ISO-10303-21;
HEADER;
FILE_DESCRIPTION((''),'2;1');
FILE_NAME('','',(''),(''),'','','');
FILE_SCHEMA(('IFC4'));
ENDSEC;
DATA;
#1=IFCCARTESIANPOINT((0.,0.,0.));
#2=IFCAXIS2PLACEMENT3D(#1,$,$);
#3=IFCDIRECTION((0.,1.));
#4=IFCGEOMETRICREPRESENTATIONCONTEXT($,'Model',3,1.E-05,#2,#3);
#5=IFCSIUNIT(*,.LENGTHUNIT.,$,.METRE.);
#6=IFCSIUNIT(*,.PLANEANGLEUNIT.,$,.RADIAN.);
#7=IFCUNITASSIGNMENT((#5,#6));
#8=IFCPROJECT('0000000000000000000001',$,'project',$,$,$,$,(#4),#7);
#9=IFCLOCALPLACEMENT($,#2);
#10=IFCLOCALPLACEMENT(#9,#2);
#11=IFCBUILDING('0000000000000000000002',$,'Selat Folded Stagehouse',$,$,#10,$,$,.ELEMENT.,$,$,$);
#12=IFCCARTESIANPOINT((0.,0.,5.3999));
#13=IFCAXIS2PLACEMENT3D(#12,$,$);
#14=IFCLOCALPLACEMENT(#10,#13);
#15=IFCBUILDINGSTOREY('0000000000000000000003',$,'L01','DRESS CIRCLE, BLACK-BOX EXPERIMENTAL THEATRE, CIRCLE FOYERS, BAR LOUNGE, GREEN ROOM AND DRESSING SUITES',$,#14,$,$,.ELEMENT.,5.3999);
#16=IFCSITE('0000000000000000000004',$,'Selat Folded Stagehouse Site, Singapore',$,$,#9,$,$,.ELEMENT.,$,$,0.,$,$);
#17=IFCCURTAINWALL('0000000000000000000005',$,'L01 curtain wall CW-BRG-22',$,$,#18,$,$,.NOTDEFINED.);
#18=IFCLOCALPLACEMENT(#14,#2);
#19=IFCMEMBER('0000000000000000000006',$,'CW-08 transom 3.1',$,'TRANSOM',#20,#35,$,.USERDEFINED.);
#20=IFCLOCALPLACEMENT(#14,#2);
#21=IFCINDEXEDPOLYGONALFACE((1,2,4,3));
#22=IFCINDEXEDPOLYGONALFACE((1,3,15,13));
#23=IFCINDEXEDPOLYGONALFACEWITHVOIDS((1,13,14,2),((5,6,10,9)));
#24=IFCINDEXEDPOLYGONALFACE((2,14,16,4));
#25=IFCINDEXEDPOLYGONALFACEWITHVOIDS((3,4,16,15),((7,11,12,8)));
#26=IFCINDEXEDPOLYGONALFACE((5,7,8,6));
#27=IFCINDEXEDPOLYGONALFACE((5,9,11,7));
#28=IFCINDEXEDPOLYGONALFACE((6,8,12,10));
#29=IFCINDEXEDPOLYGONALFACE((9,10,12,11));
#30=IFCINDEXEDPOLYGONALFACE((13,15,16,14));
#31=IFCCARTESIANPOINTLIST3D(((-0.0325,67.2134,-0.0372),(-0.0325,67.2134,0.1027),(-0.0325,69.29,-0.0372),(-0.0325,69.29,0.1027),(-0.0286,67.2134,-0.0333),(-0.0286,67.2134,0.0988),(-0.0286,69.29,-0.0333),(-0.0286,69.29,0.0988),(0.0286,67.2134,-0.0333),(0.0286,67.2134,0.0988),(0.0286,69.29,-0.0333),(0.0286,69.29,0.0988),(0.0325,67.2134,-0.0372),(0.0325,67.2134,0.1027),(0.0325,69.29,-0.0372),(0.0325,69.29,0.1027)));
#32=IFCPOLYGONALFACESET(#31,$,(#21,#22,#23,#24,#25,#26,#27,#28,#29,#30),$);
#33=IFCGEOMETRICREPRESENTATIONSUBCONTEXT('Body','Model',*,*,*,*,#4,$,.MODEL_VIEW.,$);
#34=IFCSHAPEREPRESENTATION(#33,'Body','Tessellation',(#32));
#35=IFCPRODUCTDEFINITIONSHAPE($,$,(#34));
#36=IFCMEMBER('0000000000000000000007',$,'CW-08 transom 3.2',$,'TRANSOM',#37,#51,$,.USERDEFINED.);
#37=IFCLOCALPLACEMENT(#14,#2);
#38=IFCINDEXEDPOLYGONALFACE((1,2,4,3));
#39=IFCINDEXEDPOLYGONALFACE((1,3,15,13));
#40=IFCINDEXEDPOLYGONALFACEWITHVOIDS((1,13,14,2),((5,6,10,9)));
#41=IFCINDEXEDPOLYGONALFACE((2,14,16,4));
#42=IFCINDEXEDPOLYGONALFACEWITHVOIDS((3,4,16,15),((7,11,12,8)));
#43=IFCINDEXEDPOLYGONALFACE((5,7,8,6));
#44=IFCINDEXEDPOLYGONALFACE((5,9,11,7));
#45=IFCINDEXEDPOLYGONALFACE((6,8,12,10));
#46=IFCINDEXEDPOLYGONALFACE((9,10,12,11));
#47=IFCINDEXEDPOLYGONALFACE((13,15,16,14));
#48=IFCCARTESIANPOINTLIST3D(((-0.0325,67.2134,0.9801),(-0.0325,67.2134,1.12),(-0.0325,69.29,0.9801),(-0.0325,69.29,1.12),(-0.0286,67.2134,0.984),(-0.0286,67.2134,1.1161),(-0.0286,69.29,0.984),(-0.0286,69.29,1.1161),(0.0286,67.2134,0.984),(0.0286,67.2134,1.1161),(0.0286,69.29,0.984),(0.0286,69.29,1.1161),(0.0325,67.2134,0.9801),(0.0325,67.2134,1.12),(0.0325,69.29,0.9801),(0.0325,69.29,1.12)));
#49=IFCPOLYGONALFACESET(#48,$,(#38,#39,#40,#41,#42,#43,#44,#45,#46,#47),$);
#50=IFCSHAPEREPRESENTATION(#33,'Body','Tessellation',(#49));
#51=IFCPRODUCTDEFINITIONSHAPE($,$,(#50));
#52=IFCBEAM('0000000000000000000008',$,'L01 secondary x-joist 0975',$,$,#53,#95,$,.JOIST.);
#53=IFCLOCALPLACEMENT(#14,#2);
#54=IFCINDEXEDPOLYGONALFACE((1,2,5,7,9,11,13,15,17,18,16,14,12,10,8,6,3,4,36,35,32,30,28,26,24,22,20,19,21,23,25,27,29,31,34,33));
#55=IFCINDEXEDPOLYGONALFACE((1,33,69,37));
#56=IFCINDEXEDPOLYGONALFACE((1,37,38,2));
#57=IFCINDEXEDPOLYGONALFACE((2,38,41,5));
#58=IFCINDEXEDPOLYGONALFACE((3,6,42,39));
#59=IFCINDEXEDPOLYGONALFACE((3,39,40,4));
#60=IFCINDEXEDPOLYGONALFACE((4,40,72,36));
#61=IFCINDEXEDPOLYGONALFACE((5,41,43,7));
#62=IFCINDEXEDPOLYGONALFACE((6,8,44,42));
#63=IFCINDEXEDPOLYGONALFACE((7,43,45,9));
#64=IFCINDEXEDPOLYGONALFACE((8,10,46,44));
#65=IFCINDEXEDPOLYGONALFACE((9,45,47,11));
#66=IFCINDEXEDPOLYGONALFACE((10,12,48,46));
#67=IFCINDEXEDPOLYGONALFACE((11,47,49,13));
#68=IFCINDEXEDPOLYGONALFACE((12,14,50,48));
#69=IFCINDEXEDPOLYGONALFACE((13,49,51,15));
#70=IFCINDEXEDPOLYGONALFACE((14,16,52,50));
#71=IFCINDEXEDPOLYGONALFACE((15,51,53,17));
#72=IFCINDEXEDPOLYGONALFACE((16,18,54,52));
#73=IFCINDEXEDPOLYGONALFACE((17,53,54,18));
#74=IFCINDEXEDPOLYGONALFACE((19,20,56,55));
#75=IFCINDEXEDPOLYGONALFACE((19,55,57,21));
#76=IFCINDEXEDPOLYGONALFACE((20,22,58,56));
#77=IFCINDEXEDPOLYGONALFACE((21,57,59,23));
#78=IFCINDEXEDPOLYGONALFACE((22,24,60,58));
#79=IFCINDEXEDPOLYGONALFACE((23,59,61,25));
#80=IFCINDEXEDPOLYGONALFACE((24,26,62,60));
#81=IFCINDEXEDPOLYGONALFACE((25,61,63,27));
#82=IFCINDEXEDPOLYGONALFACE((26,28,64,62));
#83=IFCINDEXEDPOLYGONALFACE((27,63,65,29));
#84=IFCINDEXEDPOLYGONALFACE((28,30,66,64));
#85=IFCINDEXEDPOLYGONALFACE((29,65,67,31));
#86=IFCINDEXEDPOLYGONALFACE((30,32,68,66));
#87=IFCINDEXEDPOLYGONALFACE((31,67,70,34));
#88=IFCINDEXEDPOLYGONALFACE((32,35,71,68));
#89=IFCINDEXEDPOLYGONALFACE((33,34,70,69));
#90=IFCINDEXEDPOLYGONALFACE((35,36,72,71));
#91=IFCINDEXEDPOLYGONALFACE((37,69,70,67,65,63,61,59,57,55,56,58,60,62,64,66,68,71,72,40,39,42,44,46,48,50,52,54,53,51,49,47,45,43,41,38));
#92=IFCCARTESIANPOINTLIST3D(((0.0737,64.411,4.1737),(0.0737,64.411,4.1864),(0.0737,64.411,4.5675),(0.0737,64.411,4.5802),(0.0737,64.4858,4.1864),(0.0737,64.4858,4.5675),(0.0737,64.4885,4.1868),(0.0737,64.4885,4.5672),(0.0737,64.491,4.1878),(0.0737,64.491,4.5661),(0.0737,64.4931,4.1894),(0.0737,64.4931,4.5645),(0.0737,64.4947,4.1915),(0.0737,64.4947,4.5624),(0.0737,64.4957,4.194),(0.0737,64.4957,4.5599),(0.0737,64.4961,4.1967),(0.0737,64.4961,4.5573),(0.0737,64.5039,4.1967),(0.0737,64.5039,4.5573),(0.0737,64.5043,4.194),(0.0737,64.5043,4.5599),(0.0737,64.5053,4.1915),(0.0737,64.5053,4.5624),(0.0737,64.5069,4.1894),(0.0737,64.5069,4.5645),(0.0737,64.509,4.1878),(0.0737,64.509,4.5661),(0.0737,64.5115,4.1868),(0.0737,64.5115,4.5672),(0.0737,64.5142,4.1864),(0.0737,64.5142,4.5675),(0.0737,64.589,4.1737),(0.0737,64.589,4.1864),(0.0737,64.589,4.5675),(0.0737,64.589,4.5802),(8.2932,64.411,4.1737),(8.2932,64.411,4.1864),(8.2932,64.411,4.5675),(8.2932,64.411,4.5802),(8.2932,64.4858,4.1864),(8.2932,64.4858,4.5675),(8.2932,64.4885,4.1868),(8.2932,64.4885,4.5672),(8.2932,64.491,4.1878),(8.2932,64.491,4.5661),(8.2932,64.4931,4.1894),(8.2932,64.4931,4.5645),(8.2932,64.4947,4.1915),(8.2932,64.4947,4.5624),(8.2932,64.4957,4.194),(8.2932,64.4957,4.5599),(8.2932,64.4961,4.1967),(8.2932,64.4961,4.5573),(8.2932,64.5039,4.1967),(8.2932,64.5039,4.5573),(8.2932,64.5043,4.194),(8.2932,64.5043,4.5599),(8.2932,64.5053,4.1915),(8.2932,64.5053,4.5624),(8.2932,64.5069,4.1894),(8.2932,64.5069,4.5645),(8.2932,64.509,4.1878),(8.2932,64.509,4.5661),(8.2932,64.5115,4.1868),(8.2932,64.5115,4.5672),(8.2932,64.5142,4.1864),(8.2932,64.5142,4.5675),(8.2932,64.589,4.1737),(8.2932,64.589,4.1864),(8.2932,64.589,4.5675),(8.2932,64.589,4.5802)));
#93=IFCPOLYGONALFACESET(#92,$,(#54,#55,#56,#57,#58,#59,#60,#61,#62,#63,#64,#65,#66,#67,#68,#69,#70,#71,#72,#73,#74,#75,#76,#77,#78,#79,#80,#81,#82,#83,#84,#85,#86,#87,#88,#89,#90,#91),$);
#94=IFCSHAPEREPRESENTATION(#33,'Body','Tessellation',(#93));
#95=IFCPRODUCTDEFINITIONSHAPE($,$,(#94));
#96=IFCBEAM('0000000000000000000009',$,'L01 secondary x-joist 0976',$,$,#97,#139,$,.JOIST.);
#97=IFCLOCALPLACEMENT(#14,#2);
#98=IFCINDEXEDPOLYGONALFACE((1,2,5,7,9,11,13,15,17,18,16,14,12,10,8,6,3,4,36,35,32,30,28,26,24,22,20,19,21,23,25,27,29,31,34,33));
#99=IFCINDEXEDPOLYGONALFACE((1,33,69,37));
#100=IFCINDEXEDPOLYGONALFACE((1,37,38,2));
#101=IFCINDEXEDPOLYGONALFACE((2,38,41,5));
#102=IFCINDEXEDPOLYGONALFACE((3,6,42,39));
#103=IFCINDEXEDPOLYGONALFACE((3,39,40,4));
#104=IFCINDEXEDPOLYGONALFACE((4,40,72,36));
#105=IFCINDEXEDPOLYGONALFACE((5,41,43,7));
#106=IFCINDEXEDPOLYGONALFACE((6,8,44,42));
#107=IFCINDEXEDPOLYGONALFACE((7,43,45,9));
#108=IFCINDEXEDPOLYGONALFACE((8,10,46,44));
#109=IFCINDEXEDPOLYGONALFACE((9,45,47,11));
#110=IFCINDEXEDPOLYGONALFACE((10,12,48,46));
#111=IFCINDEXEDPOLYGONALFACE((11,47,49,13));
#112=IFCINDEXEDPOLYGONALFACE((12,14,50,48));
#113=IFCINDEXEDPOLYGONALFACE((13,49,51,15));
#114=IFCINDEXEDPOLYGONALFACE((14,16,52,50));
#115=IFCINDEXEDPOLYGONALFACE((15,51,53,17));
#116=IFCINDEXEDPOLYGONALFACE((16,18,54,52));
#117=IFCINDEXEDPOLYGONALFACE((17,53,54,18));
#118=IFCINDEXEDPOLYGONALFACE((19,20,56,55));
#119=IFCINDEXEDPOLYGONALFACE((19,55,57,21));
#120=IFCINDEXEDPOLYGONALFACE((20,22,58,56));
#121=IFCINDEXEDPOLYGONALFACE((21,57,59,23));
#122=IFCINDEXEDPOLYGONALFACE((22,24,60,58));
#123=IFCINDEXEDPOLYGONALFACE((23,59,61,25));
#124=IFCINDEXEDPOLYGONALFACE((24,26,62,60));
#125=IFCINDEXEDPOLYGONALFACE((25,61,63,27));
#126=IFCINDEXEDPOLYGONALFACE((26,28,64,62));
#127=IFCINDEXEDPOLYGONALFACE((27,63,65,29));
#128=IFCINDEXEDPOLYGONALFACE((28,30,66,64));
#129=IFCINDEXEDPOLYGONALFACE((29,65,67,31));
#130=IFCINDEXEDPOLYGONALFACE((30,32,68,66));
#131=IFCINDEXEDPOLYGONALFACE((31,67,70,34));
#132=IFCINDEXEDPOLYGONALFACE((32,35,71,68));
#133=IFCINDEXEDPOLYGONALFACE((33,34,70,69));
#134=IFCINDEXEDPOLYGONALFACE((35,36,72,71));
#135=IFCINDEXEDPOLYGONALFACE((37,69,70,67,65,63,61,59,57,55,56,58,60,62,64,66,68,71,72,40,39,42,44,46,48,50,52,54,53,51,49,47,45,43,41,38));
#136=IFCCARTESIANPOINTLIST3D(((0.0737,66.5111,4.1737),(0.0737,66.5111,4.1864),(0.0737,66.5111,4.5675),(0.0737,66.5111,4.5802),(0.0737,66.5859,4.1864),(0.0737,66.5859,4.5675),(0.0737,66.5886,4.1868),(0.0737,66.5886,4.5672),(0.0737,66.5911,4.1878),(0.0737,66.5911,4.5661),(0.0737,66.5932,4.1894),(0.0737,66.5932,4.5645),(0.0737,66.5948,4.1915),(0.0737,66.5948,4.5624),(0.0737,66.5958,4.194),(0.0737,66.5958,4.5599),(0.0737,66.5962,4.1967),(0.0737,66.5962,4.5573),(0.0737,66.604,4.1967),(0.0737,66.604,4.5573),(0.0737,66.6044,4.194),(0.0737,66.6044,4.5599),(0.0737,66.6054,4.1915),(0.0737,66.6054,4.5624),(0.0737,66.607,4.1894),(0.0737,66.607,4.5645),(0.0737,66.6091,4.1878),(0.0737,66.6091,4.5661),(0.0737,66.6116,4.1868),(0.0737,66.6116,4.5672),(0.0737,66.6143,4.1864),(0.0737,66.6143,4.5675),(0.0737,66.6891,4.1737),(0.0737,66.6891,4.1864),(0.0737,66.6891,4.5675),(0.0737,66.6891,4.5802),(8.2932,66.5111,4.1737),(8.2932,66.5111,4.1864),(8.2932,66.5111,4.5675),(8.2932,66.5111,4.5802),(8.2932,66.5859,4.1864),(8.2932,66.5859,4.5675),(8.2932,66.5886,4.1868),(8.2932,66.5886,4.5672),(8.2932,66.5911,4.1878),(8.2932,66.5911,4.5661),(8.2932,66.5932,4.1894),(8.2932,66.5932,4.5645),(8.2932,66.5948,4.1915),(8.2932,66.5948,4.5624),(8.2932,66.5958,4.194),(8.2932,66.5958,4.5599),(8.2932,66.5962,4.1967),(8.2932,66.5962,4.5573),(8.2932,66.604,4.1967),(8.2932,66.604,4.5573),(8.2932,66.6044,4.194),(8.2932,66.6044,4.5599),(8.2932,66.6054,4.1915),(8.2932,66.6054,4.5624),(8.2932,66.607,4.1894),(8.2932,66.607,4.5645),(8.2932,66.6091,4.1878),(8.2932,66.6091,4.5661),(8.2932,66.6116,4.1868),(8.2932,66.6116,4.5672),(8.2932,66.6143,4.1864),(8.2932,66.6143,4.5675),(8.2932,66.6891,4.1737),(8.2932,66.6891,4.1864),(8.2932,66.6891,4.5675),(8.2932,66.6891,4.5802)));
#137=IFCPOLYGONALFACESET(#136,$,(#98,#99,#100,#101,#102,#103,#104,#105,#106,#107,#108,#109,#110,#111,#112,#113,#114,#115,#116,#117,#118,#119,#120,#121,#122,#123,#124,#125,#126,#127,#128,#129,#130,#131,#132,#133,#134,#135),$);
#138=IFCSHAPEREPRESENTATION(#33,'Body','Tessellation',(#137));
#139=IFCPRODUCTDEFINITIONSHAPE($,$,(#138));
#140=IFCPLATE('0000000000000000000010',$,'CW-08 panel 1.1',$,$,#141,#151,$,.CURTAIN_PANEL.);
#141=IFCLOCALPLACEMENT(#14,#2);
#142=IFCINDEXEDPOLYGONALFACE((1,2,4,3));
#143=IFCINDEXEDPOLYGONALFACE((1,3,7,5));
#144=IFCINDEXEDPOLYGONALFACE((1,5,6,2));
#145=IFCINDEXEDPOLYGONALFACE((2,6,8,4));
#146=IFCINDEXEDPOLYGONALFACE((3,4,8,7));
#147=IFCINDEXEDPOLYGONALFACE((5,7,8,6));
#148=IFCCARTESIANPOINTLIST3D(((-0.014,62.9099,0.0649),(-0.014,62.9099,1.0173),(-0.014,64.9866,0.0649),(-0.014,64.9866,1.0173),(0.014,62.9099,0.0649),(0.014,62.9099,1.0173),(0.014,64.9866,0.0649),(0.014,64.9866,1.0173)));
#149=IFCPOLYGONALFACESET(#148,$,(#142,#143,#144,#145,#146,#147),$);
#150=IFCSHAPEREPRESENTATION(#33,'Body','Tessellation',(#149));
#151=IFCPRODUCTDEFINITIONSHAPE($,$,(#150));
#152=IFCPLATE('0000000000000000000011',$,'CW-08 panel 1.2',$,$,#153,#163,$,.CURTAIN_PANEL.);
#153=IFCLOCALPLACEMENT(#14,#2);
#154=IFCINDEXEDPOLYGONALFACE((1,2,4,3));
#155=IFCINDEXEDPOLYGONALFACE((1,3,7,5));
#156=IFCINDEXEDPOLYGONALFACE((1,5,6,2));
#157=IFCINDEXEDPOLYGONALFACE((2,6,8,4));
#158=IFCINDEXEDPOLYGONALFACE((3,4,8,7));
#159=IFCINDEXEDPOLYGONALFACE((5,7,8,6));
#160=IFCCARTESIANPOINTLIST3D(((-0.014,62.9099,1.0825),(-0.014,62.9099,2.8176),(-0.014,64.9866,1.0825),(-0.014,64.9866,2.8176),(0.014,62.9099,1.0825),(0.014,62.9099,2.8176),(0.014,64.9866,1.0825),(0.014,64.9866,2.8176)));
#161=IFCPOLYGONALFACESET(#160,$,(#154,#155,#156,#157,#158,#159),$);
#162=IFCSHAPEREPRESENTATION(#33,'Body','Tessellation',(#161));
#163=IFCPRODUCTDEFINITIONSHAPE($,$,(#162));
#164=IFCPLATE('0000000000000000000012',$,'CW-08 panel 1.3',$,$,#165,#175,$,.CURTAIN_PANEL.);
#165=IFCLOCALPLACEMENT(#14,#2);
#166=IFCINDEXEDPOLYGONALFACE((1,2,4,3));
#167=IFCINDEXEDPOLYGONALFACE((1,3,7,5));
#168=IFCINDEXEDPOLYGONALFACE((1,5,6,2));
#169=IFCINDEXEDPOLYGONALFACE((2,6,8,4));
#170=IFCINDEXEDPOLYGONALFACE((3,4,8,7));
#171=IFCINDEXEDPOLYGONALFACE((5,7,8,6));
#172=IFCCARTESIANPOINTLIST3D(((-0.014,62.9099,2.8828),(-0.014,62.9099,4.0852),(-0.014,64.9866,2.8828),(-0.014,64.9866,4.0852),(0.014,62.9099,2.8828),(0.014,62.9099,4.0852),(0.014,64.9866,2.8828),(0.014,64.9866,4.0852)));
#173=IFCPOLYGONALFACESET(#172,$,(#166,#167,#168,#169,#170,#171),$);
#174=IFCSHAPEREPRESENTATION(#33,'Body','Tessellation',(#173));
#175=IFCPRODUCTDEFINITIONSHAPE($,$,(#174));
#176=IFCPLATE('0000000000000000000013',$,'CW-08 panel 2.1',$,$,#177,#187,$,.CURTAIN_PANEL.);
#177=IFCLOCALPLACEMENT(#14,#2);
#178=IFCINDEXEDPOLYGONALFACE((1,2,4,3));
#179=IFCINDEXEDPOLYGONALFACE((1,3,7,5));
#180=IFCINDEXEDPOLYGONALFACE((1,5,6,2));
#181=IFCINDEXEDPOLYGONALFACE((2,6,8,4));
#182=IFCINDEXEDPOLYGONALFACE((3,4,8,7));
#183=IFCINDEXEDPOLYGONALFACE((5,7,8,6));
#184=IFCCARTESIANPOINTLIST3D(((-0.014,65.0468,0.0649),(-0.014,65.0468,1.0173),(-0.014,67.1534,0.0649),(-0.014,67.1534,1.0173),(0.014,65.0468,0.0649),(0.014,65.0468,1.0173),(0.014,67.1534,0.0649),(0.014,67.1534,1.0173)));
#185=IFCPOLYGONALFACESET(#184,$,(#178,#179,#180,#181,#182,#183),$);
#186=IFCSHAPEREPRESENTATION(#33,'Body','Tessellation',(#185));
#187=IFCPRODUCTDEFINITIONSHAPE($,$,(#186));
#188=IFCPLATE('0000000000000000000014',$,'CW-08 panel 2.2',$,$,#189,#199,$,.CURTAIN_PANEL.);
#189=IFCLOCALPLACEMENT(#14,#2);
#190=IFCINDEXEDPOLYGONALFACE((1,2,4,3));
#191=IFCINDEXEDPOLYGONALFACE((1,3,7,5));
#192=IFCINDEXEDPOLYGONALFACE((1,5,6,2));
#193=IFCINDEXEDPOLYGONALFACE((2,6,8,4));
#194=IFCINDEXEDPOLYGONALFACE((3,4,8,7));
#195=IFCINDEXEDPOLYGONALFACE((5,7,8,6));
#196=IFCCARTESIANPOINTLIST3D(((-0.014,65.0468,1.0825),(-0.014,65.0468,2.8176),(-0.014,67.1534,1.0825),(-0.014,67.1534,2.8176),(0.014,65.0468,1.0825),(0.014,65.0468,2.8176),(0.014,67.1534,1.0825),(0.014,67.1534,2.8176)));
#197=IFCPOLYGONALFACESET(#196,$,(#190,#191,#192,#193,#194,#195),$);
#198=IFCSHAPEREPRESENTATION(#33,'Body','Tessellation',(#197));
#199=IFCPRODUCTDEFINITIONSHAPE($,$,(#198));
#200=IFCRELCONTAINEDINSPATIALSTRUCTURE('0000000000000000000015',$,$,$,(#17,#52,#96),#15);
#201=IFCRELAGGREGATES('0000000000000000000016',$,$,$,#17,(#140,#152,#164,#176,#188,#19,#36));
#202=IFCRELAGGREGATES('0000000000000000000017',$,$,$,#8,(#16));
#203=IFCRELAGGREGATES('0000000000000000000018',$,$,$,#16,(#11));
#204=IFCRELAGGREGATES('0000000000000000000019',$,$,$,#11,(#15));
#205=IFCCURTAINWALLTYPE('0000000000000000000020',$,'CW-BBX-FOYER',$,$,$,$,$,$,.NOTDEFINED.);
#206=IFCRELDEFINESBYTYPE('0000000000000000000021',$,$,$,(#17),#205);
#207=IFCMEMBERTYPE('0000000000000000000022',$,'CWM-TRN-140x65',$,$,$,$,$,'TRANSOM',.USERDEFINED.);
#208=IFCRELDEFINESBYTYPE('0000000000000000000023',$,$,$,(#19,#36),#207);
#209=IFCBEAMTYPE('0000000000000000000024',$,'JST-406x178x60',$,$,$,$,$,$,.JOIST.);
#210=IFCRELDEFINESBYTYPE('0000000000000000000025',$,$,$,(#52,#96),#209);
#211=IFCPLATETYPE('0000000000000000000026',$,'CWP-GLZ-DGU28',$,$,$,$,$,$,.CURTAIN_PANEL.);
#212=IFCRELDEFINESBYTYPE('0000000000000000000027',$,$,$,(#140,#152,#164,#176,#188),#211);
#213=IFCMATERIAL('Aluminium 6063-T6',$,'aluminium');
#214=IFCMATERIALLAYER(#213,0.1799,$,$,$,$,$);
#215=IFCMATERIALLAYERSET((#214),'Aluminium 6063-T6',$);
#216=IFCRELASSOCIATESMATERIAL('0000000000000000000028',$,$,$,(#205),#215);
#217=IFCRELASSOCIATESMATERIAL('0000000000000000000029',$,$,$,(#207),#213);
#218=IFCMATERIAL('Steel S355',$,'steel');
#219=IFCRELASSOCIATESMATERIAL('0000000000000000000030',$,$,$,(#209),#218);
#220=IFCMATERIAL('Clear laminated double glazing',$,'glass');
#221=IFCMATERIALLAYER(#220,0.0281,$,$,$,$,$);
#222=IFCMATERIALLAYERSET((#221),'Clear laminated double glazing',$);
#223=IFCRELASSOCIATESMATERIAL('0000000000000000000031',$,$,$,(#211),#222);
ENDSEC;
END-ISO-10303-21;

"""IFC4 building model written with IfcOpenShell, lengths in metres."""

from ifc_helpers import new_model, si_unit, direction, frame, origin, origin_2d, place, context, subcontext, project, spatial, rectangle, hollow_rectangle, i_section, extrude, material, layer, layer_set, material_profile, profile_set, type_object, element, aggregate, save


model = new_model("IFC4")

# Units and contexts
model_context = context("Model", 3, precision=1e-05, world=origin(), true_north=direction((0.0, 1.0)))
body_context = subcontext(model_context, "Body", "Model", "MODEL_VIEW")
ifc_project = project(units=[si_unit("LENGTHUNIT", "METRE"), si_unit("PLANEANGLEUNIT", "RADIAN")], contexts=[model_context])

# Site, building, storey
site_placement = place(None, origin())
site = spatial("IfcSite", under=ifc_project, at=site_placement, Name="Selat Folded Stagehouse Site, Singapore", CompositionType="ELEMENT", RefElevation=0.0)
building_placement = place(site_placement, origin())
building = spatial("IfcBuilding", under=site, at=building_placement, Name="Selat Folded Stagehouse", CompositionType="ELEMENT")
storey_placement = place(building_placement, frame((0.0, 0.0, 5.3999)))
storey = spatial("IfcBuildingStorey", under=building, at=storey_placement, Name="L01", Description="DRESS CIRCLE, BLACK-BOX EXPERIMENTAL THEATRE, CIRCLE FOYERS, BAR LOUNGE, GREEN ROOM AND DRESSING SUITES", CompositionType="ELEMENT", Elevation=5.3999)

# Curtain wall, members
ifc_material_1 = material(Name="Aluminium 6063-T6", Category="aluminium")
ifc_layer_1 = layer(ifc_material_1, 0.1799)
ifc_layer_set_1 = layer_set([ifc_layer_1], Name="Aluminium 6063-T6")
curtain_wall_type = type_object("IfcCurtainWallType", Name="CW-BBX-FOYER", PredefinedType="NOTDEFINED", material=ifc_layer_set_1)
curtain_wall_placement = place(storey_placement, origin())
curtain_wall = element("IfcCurtainWall", 1, at=curtain_wall_placement, inside=storey, type_object=curtain_wall_type, Name="L01 curtain wall CW-BRG-22", PredefinedType="NOTDEFINED")
ifc_material_profile_1 = material_profile(ifc_material_1, hollow_rectangle(XDim=0.0649, YDim=0.1399, WallThickness=0.0039, at=origin_2d()), Name="ALU 140x65x4.0")
ifc_profile_set_1 = profile_set([ifc_material_profile_1], Name="Aluminium 6063-T6")
member_type_1 = type_object("IfcMemberType", Name="CWM-TRN-140x65", ElementType="TRANSOM", PredefinedType="USERDEFINED", material=ifc_profile_set_1)
member_1_placement = place(storey_placement, frame((0.0, 67.2134, 0.0327), z_axis=(0.0, 1.0, 0.0), x_axis=(-1.0, 0.0, 0.0)))
member_1 = element("IfcMember", 2, at=member_1_placement, type_object=member_type_1, Name="CW-08 transom 3.1", ObjectType="TRANSOM", PredefinedType="USERDEFINED", context=body_context, shape_type="SweptSolid", body=[
    extrude(hollow_rectangle(XDim=0.0649, YDim=0.1399, WallThickness=0.0039, at=origin_2d()), origin(), (0.0, 0.0, 1.0), 2.0767),
])
member_2_placement = place(storey_placement, frame((0.0, 67.2134, 1.05), z_axis=(0.0, 1.0, 0.0), x_axis=(-1.0, 0.0, 0.0)))
member_2 = element("IfcMember", 3, at=member_2_placement, type_object=member_type_1, Name="CW-08 transom 3.2", ObjectType="TRANSOM", PredefinedType="USERDEFINED", context=body_context, shape_type="SweptSolid", body=[
    extrude(hollow_rectangle(XDim=0.0649, YDim=0.1399, WallThickness=0.0039, at=origin_2d()), origin(), (0.0, 0.0, 1.0), 2.0767),
])

# Beams
ifc_material_2 = material(Name="Steel S355", Category="steel")
ifc_material_profile_2 = material_profile(ifc_material_2, i_section(OverallWidth=0.178, OverallDepth=0.4065, WebThickness=0.0078, FlangeThickness=0.0127, FilletRadius=0.0103, at=origin_2d()), Name="UKB 406x178x60")
ifc_profile_set_2 = profile_set([ifc_material_profile_2], Name="Steel S355")
beam_type = type_object("IfcBeamType", Name="JST-406x178x60", PredefinedType="JOIST", material=ifc_profile_set_2)
for number, where, z_axis, x_axis, name in (
    (4, (0.0737, 64.5, 4.377), (1.0, 0.0, 0.0), (0.0, 1.0, 0.0), "L01 secondary x-joist 0975"),
    (5, (0.0737, 66.6001, 4.377), (1.0, 0.0, 0.0), (0.0, 1.0, 0.0), "L01 secondary x-joist 0976"),
):
    element("IfcBeam", number, at=place(storey_placement, frame(where, z_axis=z_axis, x_axis=x_axis)), inside=storey, type_object=beam_type, Name=name, PredefinedType="JOIST", context=body_context, shape_type="SweptSolid", body=[
        extrude(i_section(OverallWidth=0.178, OverallDepth=0.4065, WebThickness=0.0078, FlangeThickness=0.0127, FilletRadius=0.0103, at=origin_2d()), origin(), (0.0, 0.0, 1.0), 8.2195),
    ])

# Plates
ifc_material_3 = material(Name="Clear laminated double glazing", Category="glass")
ifc_layer_2 = layer(ifc_material_3, 0.0281)
ifc_layer_set_2 = layer_set([ifc_layer_2], Name="Clear laminated double glazing")
plate_type = type_object("IfcPlateType", Name="CWP-GLZ-DGU28", PredefinedType="CURTAIN_PANEL", material=ifc_layer_set_2)
plate_1_placement = place(storey_placement, frame((0.0, 63.9482, 0.0649), z_axis=(0.0, 0.0, 1.0), x_axis=(0.0, 1.0, 0.0)))
plate_1 = element("IfcPlate", 6, at=plate_1_placement, type_object=plate_type, Name="CW-08 panel 1.1", PredefinedType="CURTAIN_PANEL", context=body_context, shape_type="SweptSolid", body=[
    extrude(rectangle(XDim=2.0767, YDim=0.0281, at=origin_2d()), origin(), (0.0, 0.0, 1.0), 0.9524),
])
plate_2_placement = place(storey_placement, frame((0.0, 63.9482, 1.0825), z_axis=(0.0, 0.0, 1.0), x_axis=(0.0, 1.0, 0.0)))
plate_2 = element("IfcPlate", 7, at=plate_2_placement, type_object=plate_type, Name="CW-08 panel 1.2", PredefinedType="CURTAIN_PANEL", context=body_context, shape_type="SweptSolid", body=[
    extrude(rectangle(XDim=2.0767, YDim=0.0281, at=origin_2d()), origin(), (0.0, 0.0, 1.0), 1.7351),
])
plate_3_placement = place(storey_placement, frame((0.0, 63.9482, 2.8828), z_axis=(0.0, 0.0, 1.0), x_axis=(0.0, 1.0, 0.0)))
plate_3 = element("IfcPlate", 8, at=plate_3_placement, type_object=plate_type, Name="CW-08 panel 1.3", PredefinedType="CURTAIN_PANEL", context=body_context, shape_type="SweptSolid", body=[
    extrude(rectangle(XDim=2.0767, YDim=0.0281, at=origin_2d()), origin(), (0.0, 0.0, 1.0), 1.2024),
])
plate_4_placement = place(storey_placement, frame((0.0, 66.1001, 0.0649), z_axis=(0.0, 0.0, 1.0), x_axis=(0.0, 1.0, 0.0)))
plate_4 = element("IfcPlate", 9, at=plate_4_placement, type_object=plate_type, Name="CW-08 panel 2.1", PredefinedType="CURTAIN_PANEL", context=body_context, shape_type="SweptSolid", body=[
    extrude(rectangle(XDim=2.1067, YDim=0.0281, at=origin_2d()), origin(), (0.0, 0.0, 1.0), 0.9524),
])
plate_5_placement = place(storey_placement, frame((0.0, 66.1001, 1.0825), z_axis=(0.0, 0.0, 1.0), x_axis=(0.0, 1.0, 0.0)))
plate_5 = element("IfcPlate", 10, at=plate_5_placement, type_object=plate_type, Name="CW-08 panel 2.2", PredefinedType="CURTAIN_PANEL", context=body_context, shape_type="SweptSolid", body=[
    extrude(rectangle(XDim=2.1067, YDim=0.0281, at=origin_2d()), origin(), (0.0, 0.0, 1.0), 1.7351),
])
aggregate(curtain_wall, [plate_1, plate_2, plate_3, plate_4, plate_5, member_1, member_2])

save(model, "model.ifc")
